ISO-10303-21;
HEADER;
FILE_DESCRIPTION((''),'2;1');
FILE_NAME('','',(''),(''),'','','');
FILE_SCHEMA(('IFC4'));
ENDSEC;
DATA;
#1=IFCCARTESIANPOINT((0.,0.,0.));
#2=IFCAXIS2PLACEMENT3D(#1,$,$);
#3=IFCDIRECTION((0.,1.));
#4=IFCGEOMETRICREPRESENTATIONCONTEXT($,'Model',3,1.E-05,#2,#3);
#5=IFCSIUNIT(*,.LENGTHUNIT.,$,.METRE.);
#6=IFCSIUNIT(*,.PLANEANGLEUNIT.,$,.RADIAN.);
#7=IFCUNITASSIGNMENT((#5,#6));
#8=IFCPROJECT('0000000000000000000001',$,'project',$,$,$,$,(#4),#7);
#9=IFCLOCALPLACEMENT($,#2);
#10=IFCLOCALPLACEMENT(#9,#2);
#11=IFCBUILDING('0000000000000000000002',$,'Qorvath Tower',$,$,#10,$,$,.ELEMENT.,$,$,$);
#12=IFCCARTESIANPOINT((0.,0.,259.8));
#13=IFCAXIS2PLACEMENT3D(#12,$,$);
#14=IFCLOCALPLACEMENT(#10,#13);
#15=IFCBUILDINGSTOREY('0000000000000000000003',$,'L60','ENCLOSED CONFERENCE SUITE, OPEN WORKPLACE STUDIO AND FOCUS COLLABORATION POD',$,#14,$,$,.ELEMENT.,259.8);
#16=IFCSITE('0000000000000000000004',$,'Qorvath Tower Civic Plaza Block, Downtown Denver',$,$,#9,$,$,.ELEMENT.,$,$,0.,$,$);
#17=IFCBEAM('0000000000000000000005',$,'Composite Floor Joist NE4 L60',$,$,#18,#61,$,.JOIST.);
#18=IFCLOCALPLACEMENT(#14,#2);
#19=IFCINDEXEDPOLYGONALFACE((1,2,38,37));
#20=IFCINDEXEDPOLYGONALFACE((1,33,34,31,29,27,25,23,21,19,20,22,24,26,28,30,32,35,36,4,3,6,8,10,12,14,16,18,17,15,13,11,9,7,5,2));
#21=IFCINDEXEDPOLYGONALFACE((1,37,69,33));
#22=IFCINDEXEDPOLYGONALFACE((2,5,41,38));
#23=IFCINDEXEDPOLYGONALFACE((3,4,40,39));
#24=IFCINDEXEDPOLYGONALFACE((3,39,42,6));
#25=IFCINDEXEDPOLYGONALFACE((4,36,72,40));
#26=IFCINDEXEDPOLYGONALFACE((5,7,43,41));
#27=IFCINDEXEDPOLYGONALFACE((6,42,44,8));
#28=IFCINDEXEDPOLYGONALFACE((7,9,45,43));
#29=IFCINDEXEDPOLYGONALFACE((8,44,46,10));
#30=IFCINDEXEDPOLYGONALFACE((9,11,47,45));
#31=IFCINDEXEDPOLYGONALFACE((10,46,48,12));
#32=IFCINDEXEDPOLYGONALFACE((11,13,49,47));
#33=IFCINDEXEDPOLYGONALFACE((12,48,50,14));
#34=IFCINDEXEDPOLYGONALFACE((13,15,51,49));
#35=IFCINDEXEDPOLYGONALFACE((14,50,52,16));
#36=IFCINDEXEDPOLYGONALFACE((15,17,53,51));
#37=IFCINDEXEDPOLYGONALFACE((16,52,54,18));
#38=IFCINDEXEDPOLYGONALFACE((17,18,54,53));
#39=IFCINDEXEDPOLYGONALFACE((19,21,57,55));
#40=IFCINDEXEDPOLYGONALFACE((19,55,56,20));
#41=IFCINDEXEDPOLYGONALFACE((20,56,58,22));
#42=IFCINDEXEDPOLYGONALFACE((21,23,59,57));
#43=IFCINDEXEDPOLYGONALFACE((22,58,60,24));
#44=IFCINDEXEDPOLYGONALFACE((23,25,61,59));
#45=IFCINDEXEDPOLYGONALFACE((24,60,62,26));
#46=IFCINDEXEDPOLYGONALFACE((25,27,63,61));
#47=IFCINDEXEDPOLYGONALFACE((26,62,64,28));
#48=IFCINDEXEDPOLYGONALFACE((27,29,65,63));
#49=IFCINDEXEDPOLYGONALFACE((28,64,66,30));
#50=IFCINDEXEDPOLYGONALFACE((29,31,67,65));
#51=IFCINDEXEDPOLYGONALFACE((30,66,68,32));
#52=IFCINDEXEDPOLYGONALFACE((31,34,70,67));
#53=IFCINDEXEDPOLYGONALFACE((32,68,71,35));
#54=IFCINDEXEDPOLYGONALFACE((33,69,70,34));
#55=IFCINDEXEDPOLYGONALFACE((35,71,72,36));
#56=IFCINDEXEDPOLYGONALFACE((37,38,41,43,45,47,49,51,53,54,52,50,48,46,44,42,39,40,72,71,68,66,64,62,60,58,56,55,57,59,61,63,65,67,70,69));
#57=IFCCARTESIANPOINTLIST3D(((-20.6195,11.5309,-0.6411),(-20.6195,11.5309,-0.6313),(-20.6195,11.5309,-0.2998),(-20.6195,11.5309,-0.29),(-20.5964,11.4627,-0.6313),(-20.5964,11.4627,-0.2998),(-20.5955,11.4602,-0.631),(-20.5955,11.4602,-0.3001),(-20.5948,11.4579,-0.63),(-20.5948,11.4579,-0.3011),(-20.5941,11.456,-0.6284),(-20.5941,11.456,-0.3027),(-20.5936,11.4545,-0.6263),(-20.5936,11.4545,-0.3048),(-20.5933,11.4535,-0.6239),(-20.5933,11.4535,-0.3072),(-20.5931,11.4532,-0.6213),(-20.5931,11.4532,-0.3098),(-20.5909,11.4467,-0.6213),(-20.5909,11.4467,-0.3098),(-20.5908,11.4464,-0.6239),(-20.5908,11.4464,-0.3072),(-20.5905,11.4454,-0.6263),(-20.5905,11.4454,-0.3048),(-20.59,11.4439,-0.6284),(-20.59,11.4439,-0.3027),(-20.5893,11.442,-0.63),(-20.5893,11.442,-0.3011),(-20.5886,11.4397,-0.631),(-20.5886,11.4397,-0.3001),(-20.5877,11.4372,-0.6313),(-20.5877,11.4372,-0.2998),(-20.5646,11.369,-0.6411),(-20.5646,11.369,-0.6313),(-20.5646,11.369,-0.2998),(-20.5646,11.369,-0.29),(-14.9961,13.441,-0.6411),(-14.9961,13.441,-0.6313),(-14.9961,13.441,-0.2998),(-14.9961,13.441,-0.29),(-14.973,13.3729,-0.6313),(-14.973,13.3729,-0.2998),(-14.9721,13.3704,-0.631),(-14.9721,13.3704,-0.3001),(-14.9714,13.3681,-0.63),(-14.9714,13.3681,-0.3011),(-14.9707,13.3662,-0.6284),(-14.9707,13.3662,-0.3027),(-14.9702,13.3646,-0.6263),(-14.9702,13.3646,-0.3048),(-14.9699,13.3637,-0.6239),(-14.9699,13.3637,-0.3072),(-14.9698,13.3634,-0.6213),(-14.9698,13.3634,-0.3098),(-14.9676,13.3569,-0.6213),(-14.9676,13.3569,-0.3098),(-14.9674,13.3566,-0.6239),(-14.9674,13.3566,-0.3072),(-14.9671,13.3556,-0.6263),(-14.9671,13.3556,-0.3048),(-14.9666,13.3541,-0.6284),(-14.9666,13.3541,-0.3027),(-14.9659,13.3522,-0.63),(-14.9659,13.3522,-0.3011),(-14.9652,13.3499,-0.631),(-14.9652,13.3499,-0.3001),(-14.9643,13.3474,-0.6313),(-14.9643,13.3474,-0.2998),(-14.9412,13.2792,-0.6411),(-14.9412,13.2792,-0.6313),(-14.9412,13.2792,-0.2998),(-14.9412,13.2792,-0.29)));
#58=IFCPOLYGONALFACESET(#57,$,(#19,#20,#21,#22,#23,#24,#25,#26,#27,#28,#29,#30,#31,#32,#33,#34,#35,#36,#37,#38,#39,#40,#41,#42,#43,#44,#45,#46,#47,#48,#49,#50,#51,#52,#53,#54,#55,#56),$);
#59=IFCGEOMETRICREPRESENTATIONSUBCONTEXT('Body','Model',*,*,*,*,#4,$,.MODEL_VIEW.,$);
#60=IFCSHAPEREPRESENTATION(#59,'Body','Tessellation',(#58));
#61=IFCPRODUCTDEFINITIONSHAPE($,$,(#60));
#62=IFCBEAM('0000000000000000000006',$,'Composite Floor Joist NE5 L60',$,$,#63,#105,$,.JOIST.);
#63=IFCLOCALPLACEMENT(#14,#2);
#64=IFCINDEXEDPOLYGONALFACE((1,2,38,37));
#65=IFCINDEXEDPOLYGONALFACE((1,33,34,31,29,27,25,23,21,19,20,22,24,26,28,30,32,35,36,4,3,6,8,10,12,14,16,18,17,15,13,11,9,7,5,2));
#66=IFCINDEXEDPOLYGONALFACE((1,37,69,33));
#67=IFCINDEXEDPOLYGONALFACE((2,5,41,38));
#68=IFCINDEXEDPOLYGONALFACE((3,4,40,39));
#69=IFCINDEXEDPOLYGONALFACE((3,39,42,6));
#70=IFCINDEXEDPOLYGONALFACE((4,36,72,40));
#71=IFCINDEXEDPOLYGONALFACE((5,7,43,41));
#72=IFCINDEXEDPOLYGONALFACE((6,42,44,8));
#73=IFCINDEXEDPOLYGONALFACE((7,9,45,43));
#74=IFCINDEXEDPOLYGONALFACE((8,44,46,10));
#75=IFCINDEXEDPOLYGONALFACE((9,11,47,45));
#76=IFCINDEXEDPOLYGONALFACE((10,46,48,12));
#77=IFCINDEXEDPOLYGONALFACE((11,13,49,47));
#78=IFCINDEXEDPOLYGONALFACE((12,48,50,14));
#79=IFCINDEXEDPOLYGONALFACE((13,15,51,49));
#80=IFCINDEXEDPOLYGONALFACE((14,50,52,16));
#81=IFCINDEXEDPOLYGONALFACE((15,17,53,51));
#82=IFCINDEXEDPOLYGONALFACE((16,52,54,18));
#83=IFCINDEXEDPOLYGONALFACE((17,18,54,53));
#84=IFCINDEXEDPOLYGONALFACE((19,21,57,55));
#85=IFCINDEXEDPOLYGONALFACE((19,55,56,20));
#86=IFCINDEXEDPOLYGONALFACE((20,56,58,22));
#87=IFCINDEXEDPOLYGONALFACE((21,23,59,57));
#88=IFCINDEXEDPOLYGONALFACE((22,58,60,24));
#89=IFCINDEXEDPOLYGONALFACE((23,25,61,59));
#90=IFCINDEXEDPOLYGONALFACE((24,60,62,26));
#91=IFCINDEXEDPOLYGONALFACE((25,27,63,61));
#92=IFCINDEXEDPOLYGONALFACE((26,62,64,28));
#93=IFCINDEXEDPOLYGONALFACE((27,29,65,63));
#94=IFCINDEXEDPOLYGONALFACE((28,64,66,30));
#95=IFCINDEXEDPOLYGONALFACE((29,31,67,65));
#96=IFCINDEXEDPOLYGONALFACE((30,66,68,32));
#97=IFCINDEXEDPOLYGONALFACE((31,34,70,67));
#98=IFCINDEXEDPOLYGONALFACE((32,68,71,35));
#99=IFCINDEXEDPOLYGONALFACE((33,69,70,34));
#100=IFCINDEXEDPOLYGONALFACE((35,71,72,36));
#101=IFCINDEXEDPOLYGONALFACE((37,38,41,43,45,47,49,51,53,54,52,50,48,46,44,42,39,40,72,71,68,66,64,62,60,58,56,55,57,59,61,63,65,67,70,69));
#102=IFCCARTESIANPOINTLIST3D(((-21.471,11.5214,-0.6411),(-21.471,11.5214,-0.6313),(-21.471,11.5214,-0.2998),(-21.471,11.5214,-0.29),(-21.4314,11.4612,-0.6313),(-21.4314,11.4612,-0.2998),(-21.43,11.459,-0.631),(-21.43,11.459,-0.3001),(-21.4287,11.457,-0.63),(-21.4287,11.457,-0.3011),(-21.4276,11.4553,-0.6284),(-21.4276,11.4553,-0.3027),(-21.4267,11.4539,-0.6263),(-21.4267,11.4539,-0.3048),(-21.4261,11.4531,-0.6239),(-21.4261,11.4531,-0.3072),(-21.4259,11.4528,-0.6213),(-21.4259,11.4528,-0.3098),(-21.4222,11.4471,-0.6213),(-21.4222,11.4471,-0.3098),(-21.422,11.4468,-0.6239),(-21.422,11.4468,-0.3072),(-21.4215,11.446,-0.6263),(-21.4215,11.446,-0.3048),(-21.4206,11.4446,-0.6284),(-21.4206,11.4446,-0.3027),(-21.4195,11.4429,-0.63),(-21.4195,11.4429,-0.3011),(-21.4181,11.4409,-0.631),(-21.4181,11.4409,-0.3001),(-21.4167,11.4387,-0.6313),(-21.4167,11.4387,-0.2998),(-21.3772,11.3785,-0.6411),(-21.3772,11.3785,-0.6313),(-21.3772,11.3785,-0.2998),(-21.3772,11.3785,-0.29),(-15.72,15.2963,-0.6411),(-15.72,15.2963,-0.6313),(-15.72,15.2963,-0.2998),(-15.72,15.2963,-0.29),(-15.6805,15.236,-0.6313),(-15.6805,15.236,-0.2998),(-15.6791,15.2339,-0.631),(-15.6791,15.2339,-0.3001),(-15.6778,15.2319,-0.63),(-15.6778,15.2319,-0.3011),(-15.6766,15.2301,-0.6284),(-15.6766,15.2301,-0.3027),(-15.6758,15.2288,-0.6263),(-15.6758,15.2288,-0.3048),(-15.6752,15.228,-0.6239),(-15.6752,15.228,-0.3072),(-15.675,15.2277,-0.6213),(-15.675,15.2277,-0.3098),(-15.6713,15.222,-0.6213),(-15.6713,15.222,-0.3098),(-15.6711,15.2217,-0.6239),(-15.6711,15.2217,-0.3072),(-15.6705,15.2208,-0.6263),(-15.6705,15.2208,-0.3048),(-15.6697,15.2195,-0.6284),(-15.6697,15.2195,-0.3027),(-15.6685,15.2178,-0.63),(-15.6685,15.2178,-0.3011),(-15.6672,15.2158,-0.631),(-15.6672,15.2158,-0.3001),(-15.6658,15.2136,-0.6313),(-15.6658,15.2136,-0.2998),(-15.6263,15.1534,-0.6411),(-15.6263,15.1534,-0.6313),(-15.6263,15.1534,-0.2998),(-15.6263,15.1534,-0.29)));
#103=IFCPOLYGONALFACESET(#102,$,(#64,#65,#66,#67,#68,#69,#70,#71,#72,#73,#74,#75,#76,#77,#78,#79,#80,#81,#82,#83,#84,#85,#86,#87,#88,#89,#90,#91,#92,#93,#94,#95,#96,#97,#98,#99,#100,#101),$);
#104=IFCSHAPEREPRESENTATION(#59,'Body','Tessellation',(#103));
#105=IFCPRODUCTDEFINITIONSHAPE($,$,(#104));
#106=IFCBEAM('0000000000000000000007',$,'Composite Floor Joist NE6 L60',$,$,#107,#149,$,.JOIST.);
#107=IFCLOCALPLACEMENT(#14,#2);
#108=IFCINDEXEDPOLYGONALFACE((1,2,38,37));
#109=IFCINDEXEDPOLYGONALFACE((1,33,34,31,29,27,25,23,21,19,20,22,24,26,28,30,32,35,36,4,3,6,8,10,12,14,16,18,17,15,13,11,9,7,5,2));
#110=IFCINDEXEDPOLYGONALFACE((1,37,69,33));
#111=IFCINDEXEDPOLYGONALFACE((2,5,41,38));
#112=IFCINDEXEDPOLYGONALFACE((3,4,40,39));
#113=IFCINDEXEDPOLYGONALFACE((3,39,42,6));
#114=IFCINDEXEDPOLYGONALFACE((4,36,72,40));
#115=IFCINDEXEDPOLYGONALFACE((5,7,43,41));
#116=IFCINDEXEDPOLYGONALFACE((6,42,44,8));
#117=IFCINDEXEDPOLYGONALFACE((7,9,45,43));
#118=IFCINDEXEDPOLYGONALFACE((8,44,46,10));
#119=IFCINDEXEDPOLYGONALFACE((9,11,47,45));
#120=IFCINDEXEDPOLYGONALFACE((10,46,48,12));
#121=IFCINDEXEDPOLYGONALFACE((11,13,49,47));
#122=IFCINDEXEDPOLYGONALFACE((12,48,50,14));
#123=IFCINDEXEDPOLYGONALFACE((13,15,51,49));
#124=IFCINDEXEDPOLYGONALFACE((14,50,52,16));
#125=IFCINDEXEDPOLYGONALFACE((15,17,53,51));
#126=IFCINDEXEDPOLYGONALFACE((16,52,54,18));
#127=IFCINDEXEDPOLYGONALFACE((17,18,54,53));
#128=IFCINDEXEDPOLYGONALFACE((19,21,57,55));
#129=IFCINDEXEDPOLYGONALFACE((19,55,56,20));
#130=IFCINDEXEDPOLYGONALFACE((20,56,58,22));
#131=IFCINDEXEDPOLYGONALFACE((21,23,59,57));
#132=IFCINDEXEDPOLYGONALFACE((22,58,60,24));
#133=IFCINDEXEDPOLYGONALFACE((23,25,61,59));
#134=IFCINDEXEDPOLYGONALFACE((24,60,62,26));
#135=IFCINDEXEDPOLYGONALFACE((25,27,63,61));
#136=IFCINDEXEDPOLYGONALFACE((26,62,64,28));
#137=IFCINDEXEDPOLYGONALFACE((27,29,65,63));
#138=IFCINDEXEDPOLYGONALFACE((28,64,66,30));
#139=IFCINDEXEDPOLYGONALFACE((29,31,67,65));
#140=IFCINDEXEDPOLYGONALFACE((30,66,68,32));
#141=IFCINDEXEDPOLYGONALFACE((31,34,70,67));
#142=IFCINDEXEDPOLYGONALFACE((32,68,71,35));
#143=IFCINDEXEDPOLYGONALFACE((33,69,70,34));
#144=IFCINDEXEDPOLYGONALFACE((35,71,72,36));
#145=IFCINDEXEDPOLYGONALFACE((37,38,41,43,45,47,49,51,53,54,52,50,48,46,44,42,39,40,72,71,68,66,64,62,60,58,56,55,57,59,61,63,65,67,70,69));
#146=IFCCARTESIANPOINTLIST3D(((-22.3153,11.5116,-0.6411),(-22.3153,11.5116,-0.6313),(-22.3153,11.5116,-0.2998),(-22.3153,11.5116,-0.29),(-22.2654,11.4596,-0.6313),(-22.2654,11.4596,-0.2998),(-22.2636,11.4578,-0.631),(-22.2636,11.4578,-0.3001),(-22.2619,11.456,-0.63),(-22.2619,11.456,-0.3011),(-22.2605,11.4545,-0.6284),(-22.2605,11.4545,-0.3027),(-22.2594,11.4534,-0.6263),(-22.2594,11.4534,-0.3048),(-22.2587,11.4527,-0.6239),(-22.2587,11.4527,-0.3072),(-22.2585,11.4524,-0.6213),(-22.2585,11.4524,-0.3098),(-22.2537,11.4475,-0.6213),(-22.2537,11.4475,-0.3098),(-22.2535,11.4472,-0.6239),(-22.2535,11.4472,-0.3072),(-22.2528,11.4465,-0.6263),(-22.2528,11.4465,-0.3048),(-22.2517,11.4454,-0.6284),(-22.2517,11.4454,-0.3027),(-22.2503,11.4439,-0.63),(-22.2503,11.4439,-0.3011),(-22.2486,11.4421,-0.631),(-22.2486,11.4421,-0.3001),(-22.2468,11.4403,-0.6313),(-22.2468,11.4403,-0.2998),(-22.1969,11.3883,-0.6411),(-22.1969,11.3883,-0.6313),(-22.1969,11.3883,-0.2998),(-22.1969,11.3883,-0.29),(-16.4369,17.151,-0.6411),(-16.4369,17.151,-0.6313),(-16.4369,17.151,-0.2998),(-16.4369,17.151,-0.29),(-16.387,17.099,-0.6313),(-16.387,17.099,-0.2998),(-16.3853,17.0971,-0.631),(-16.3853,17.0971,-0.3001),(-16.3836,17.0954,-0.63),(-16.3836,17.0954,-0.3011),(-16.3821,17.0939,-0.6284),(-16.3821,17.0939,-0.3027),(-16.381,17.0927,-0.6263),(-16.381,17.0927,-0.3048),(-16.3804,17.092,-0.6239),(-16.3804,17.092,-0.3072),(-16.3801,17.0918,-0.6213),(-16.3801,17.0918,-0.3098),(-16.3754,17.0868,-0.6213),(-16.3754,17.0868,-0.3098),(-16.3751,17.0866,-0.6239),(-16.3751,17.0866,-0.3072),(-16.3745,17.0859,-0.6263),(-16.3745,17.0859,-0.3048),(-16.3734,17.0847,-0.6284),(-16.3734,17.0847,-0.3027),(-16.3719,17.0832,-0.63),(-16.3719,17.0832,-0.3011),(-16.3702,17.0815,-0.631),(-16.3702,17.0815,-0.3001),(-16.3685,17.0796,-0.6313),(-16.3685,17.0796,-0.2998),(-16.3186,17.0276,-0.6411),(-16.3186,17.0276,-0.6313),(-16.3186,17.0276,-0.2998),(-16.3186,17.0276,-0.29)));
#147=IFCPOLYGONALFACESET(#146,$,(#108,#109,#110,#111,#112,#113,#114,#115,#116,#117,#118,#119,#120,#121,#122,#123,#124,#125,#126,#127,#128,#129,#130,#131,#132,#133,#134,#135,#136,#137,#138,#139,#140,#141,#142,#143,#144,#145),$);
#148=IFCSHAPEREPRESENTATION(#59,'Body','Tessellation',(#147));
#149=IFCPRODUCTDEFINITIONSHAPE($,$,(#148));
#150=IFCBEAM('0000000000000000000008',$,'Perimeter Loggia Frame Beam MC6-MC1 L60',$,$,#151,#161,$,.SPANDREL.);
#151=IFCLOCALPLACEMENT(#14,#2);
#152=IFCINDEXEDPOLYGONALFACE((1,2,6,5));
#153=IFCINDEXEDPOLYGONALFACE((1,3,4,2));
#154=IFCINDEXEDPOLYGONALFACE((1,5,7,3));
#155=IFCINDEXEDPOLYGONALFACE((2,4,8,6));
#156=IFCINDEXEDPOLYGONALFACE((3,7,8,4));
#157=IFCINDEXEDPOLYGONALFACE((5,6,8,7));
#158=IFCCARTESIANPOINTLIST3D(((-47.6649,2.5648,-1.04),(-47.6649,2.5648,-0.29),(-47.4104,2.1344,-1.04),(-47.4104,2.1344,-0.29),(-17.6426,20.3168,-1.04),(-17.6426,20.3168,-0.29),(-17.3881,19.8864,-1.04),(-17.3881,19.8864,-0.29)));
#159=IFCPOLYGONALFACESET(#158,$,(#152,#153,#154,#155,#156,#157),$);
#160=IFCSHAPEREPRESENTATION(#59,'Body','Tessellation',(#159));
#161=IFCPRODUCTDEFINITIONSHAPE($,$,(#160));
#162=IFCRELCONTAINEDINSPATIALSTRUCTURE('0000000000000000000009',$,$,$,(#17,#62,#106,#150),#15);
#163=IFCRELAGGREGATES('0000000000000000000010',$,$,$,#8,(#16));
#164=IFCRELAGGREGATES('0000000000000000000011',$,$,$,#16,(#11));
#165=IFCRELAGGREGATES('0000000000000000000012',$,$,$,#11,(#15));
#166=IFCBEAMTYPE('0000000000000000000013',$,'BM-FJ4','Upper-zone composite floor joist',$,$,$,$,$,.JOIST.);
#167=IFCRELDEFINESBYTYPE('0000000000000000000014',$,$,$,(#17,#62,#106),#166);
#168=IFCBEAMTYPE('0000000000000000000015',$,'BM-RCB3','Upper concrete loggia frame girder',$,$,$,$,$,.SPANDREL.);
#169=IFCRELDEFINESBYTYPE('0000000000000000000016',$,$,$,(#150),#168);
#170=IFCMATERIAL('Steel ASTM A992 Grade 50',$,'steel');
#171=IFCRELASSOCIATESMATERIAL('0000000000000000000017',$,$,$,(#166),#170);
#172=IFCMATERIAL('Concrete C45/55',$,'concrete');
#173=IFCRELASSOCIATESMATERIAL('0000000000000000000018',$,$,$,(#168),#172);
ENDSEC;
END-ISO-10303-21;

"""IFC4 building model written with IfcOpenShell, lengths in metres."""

from ifc_helpers import new_model, si_unit, direction, frame, origin, origin_2d, place, context, subcontext, project, spatial, rectangle, i_section, extrude, material, material_profile, profile_set, type_object, element, save


model = new_model("IFC4")

# Units and contexts
model_context = context("Model", 3, precision=1e-05, world=origin(), true_north=direction((0.0, 1.0)))
body_context = subcontext(model_context, "Body", "Model", "MODEL_VIEW")
ifc_project = project(units=[si_unit("LENGTHUNIT", "METRE"), si_unit("PLANEANGLEUNIT", "RADIAN")], contexts=[model_context])

# Site, building, storey
site_placement = place(None, origin())
site = spatial("IfcSite", under=ifc_project, at=site_placement, Name="Qorvath Tower Civic Plaza Block, Downtown Denver", CompositionType="ELEMENT", RefElevation=0.0)
building_placement = place(site_placement, origin())
building = spatial("IfcBuilding", under=site, at=building_placement, Name="Qorvath Tower", CompositionType="ELEMENT")
storey_placement = place(building_placement, frame((0.0, 0.0, 259.8)))
storey = spatial("IfcBuildingStorey", under=building, at=storey_placement, Name="L60", Description="ENCLOSED CONFERENCE SUITE, OPEN WORKPLACE STUDIO AND FOCUS COLLABORATION POD", CompositionType="ELEMENT", Elevation=259.8)

# Beams
ifc_material_1 = material(Name="Steel ASTM A992 Grade 50", Category="steel")
ifc_material_profile_1 = material_profile(ifc_material_1, i_section(OverallWidth=0.1709, OverallDepth=0.3511, WebThickness=0.0068, FlangeThickness=0.0098, FilletRadius=0.01, at=origin_2d()), Name="W14x30")
ifc_profile_set_1 = profile_set([ifc_material_profile_1], Name="Steel ASTM A992 Grade 50")
beam_type_1 = type_object("IfcBeamType", Name="BM-FJ4", Description="Upper-zone composite floor joist", PredefinedType="JOIST", material=ifc_profile_set_1)
beam_1_placement = place(storey_placement, frame((-20.592, 11.45, -0.4656), z_axis=(0.946863, 0.321637, 0.0), x_axis=(-0.321637, 0.946863, 0.0)))
element("IfcBeam", 1, at=beam_1_placement, inside=storey, type_object=beam_type_1, Name="Composite Floor Joist NE4 L60", PredefinedType="JOIST", context=body_context, shape_type="SweptSolid", body=[
    extrude(i_section(OverallWidth=0.1709, OverallDepth=0.3511, WebThickness=0.0068, FlangeThickness=0.0098, FilletRadius=0.01, at=origin_2d()), origin(), (0.0, 0.0, 1.0), 5.939),
])
beam_2_placement = place(storey_placement, frame((-21.4241, 11.45, -0.4656), z_axis=(0.835993, 0.54874, 0.0), x_axis=(-0.54874, 0.835993, 0.0)))
element("IfcBeam", 2, at=beam_2_placement, inside=storey, type_object=beam_type_1, Name="Composite Floor Joist NE5 L60", PredefinedType="JOIST", context=body_context, shape_type="SweptSolid", body=[
    extrude(i_section(OverallWidth=0.1709, OverallDepth=0.3511, WebThickness=0.0068, FlangeThickness=0.0098, FilletRadius=0.01, at=origin_2d()), origin(), (0.0, 0.0, 1.0), 6.8792),
])
beam_3_placement = place(storey_placement, frame((-22.2561, 11.45, -0.4656), z_axis=(0.721625, 0.692284, 0.0), x_axis=(-0.692284, 0.721625, 0.0)))
element("IfcBeam", 3, at=beam_3_placement, inside=storey, type_object=beam_type_1, Name="Composite Floor Joist NE6 L60", PredefinedType="JOIST", context=body_context, shape_type="SweptSolid", body=[
    extrude(i_section(OverallWidth=0.1709, OverallDepth=0.3511, WebThickness=0.0068, FlangeThickness=0.0098, FilletRadius=0.01, at=origin_2d()), origin(), (0.0, 0.0, 1.0), 8.146),
])
ifc_material_2 = material(Name="Concrete C45/55", Category="concrete")
ifc_material_profile_2 = material_profile(ifc_material_2, rectangle(XDim=0.5, YDim=0.75, at=origin_2d()), Name="RCB 750x500")
ifc_profile_set_2 = profile_set([ifc_material_profile_2], Name="Concrete C45/55")
beam_type_2 = type_object("IfcBeamType", Name="BM-RCB3", Description="Upper concrete loggia frame girder", PredefinedType="SPANDREL", material=ifc_profile_set_2)
beam_4_placement = place(storey_placement, frame((-17.5154, 20.1016, -0.665), z_axis=(-0.860781, -0.508975, 0.0), x_axis=(0.508975, -0.860781, 0.0)))
element("IfcBeam", 4, at=beam_4_placement, inside=storey, type_object=beam_type_2, Name="Perimeter Loggia Frame Beam MC6-MC1 L60", PredefinedType="SPANDREL", context=body_context, shape_type="SweptSolid", body=[
    extrude(rectangle(XDim=0.5, YDim=0.75, at=origin_2d()), origin(), (0.0, 0.0, 1.0), 34.8779),
])

save(model, "model.ifc")
